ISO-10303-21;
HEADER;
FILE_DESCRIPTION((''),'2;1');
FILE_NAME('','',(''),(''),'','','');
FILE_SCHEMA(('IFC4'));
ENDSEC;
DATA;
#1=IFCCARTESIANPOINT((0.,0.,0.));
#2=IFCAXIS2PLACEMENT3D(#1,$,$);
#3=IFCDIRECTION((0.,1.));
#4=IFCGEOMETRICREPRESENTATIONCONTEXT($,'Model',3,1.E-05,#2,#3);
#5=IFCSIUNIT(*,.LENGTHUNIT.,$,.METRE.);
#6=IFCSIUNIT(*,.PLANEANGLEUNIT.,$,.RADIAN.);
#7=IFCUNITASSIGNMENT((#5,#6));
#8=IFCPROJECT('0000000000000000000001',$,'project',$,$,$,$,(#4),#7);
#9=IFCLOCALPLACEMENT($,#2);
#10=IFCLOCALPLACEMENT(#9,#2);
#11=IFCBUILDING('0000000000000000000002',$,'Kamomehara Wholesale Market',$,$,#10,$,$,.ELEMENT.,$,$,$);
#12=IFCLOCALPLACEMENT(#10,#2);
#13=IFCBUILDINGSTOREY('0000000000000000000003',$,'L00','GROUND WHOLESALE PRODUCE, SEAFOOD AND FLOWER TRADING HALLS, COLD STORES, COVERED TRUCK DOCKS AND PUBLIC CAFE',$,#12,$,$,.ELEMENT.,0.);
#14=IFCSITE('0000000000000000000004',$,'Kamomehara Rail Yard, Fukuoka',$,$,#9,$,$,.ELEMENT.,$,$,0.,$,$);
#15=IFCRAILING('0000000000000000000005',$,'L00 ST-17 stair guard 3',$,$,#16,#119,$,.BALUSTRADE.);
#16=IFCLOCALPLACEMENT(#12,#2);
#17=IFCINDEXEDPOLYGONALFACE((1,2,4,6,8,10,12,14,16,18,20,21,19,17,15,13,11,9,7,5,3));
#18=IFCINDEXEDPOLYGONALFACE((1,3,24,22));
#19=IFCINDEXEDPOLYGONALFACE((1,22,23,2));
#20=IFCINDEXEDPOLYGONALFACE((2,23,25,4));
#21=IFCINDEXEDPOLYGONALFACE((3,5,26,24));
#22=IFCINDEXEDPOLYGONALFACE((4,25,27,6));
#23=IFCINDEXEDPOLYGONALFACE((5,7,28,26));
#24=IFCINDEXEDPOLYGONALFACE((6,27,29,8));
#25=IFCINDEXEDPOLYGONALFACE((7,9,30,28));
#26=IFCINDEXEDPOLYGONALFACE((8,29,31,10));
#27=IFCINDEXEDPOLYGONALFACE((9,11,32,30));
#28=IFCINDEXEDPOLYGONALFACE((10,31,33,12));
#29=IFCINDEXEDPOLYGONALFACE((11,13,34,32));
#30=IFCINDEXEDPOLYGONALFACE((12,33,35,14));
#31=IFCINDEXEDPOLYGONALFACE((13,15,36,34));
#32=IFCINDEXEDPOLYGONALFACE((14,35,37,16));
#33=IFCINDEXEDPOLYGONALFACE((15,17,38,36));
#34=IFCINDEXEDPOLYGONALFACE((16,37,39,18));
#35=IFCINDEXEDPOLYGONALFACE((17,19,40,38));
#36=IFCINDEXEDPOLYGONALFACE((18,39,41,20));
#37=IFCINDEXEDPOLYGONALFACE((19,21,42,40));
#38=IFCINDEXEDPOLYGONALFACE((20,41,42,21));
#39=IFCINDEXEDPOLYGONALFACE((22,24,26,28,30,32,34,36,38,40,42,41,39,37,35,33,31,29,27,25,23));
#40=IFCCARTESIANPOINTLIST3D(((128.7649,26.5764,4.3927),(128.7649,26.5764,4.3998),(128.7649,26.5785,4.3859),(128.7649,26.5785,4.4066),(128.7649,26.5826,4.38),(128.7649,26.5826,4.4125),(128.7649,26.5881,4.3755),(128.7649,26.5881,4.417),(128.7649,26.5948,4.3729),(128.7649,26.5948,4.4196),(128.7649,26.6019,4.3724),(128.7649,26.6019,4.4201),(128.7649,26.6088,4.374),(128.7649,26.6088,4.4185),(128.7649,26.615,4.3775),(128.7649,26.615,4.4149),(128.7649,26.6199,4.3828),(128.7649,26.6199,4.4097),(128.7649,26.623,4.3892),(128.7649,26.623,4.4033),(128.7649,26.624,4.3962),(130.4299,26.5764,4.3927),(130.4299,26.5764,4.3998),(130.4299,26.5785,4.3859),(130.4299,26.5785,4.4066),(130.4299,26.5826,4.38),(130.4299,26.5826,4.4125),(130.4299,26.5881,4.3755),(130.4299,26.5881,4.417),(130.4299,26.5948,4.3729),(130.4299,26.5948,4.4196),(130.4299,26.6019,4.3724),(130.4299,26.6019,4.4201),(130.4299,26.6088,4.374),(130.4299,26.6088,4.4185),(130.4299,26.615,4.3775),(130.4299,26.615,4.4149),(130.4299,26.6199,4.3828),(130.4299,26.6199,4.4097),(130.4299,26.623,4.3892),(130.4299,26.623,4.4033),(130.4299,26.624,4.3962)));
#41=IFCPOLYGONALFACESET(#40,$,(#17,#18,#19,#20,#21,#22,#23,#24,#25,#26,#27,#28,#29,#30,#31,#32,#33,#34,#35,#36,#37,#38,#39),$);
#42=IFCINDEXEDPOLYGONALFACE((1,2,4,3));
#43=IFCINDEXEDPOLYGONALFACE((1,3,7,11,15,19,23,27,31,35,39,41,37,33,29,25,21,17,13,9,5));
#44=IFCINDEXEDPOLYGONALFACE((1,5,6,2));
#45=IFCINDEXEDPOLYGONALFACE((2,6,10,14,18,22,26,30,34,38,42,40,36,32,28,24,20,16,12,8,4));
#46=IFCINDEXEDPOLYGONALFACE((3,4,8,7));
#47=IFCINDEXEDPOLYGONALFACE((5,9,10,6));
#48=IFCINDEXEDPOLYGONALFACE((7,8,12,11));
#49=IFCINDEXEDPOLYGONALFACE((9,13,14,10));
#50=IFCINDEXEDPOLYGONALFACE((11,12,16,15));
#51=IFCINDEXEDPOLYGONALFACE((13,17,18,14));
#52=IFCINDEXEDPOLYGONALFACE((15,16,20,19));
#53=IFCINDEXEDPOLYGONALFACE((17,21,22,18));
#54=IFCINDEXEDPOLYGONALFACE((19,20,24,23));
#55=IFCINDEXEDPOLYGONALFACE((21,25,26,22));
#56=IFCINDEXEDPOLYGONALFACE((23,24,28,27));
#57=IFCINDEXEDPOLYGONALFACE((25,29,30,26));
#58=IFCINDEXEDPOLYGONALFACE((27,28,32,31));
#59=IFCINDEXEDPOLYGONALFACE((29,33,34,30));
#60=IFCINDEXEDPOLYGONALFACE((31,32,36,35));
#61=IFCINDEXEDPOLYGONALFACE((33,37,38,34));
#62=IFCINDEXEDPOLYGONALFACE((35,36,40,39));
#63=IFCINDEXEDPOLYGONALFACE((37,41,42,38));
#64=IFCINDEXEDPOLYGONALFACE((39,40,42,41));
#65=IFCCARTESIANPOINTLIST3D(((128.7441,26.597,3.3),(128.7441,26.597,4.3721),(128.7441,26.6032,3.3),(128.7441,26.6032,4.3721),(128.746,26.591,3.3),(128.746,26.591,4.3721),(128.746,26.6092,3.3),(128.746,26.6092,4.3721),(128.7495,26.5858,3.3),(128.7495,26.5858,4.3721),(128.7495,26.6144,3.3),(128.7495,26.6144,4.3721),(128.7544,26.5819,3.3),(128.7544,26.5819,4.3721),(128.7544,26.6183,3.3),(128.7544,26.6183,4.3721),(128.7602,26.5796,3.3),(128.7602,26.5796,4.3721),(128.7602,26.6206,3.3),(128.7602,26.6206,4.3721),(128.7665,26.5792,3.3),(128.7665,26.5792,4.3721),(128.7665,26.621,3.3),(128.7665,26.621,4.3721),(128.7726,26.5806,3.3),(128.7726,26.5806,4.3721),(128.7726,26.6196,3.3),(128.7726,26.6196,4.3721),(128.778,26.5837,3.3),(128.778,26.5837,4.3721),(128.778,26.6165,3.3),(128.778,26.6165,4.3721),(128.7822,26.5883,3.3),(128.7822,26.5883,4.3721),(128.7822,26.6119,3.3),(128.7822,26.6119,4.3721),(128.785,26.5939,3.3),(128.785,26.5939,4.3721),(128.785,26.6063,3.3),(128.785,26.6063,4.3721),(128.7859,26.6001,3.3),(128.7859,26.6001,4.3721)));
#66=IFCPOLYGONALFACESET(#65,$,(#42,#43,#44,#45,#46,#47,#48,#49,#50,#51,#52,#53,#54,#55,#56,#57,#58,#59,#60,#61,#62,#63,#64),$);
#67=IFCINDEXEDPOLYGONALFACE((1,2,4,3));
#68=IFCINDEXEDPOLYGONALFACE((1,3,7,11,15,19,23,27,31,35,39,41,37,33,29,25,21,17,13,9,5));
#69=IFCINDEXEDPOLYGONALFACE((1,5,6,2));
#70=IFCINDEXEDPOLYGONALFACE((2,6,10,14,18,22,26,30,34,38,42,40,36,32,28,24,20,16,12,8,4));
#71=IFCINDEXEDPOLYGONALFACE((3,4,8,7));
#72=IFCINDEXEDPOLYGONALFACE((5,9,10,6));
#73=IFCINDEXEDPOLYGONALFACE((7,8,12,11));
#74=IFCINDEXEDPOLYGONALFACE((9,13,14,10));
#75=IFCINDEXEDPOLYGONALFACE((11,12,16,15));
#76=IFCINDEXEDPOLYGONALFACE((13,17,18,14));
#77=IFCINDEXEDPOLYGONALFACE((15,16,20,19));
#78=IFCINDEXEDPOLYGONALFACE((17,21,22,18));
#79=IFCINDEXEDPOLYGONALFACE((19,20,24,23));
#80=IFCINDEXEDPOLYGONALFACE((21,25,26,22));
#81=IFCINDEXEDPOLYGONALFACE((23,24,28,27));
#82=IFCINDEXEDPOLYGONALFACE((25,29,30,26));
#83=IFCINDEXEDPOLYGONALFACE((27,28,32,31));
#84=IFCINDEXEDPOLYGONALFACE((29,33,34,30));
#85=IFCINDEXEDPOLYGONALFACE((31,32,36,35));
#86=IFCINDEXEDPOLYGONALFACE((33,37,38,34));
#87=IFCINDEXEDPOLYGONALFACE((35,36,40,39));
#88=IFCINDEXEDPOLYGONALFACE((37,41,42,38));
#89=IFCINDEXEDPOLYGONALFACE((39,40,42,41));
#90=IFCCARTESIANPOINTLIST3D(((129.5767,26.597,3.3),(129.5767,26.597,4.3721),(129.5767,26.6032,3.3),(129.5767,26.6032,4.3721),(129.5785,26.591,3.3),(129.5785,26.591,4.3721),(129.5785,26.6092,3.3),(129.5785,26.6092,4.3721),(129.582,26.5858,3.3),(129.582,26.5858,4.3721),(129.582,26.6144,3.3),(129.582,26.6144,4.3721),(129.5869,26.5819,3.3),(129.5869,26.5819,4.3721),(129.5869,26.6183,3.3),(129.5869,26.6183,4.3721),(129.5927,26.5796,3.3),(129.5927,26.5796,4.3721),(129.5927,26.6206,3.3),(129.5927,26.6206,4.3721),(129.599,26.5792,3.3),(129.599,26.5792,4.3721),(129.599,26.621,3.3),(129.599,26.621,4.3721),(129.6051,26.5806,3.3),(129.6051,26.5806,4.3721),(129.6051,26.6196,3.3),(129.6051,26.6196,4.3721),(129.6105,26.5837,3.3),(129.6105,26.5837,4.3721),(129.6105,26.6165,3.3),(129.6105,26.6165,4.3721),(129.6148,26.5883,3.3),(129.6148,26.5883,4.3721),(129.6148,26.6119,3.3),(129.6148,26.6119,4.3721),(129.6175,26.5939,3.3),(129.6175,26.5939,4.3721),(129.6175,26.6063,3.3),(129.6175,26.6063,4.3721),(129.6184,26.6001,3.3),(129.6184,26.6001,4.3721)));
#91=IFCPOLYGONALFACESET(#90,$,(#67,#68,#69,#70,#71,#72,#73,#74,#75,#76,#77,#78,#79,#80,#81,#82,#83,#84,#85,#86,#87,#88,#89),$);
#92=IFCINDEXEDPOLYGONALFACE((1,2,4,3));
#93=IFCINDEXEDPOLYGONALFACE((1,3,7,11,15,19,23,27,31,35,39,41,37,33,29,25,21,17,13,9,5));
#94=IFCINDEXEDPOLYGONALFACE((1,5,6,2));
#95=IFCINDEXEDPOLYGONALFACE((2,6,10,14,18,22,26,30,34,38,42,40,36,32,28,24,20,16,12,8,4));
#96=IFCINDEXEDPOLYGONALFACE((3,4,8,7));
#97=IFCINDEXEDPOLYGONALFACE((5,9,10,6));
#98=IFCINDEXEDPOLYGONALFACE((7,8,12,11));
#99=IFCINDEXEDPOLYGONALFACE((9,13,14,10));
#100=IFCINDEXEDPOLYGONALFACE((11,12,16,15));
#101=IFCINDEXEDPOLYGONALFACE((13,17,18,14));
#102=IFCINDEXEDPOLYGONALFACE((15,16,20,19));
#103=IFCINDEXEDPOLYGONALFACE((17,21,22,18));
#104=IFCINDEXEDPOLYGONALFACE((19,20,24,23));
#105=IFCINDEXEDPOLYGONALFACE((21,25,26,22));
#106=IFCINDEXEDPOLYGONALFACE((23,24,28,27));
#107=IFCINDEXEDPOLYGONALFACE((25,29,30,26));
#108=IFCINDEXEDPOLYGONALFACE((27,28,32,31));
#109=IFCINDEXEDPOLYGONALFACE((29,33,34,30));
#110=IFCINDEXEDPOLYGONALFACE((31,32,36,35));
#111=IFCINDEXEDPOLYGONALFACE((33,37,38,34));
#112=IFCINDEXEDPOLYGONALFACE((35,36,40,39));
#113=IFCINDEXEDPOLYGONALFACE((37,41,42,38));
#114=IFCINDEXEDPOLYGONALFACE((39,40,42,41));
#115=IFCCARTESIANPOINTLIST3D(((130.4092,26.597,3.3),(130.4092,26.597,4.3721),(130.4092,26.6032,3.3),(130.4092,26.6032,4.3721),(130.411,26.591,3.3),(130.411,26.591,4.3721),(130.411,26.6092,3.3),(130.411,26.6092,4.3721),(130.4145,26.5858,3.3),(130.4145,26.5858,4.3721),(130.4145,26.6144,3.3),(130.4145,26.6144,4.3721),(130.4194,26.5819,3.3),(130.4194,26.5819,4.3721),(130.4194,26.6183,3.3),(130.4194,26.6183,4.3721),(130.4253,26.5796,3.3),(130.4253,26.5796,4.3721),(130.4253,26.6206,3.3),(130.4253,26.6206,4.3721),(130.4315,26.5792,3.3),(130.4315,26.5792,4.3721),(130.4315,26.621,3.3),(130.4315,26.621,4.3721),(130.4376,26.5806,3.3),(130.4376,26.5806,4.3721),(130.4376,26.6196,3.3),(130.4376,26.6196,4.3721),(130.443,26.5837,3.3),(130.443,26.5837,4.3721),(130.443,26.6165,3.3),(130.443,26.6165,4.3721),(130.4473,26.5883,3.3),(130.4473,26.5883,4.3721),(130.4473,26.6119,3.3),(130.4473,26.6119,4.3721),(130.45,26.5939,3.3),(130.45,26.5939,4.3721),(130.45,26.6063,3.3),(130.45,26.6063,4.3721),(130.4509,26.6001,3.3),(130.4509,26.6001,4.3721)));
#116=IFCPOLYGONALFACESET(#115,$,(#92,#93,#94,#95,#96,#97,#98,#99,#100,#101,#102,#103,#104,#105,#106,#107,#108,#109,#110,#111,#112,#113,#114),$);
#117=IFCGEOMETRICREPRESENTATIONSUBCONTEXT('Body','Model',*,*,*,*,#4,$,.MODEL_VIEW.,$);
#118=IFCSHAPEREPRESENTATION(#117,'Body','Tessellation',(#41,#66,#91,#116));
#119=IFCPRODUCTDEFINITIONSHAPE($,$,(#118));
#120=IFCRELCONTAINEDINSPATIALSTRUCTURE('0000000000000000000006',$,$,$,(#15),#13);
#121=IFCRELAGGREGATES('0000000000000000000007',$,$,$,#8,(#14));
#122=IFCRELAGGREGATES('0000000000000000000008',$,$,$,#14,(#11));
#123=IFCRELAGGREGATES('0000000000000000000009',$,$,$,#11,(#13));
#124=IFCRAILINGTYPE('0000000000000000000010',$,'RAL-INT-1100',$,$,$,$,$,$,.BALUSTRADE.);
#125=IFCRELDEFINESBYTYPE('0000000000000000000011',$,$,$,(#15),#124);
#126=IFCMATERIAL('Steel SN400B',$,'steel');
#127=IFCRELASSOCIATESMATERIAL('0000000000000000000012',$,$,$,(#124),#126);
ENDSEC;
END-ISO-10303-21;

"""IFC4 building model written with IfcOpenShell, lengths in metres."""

from ifc_helpers import new_model, si_unit, direction, frame, origin, origin_2d, place, context, subcontext, project, spatial, circle, extrude, material, type_object, element, save


model = new_model("IFC4")

# Units and contexts
model_context = context("Model", 3, precision=1e-05, world=origin(), true_north=direction((0.0, 1.0)))
body_context = subcontext(model_context, "Body", "Model", "MODEL_VIEW")
ifc_project = project(units=[si_unit("LENGTHUNIT", "METRE"), si_unit("PLANEANGLEUNIT", "RADIAN")], contexts=[model_context])

# Site, building, storey
site_placement = place(None, origin())
site = spatial("IfcSite", under=ifc_project, at=site_placement, Name="Kamomehara Rail Yard, Fukuoka", CompositionType="ELEMENT", RefElevation=0.0)
building_placement = place(site_placement, origin())
building = spatial("IfcBuilding", under=site, at=building_placement, Name="Kamomehara Wholesale Market", CompositionType="ELEMENT")
storey_placement = place(building_placement, origin())
storey = spatial("IfcBuildingStorey", under=building, at=storey_placement, Name="L00", Description="GROUND WHOLESALE PRODUCE, SEAFOOD AND FLOWER TRADING HALLS, COLD STORES, COVERED TRUCK DOCKS AND PUBLIC CAFE", CompositionType="ELEMENT", Elevation=0.0)

# Railing
ifc_material_1 = material(Name="Steel SN400B", Category="steel")
railing_type_1 = type_object("IfcRailingType", Name="RAL-INT-1100", PredefinedType="BALUSTRADE", material=ifc_material_1)
railing_1_placement = place(storey_placement, frame((128.7649, 26.6001, 3.3)))
element("IfcRailing", 1, at=railing_1_placement, inside=storey, type_object=railing_type_1, Name="L00 ST-17 stair guard 3", PredefinedType="BALUSTRADE", context=body_context, shape_type="SweptSolid", body=[
    extrude(circle(Radius=0.0239, at=origin_2d()), frame((0.0, 0.0, 1.0962), z_axis=(1.0, 0.0, 0.0), x_axis=(0.0, 1.0, 0.0)), (0.0, 0.0, 1.0), 1.665),
    extrude(circle(Radius=0.021, at=origin_2d()), origin(), (0.0, 0.0, 1.0), 1.072),
    extrude(circle(Radius=0.021, at=origin_2d()), frame((0.8325, 0.0, 0.0)), (0.0, 0.0, 1.0), 1.072),
    extrude(circle(Radius=0.021, at=origin_2d()), frame((1.665, 0.0, 0.0)), (0.0, 0.0, 1.0), 1.072),
])

save(model, "model.ifc")
